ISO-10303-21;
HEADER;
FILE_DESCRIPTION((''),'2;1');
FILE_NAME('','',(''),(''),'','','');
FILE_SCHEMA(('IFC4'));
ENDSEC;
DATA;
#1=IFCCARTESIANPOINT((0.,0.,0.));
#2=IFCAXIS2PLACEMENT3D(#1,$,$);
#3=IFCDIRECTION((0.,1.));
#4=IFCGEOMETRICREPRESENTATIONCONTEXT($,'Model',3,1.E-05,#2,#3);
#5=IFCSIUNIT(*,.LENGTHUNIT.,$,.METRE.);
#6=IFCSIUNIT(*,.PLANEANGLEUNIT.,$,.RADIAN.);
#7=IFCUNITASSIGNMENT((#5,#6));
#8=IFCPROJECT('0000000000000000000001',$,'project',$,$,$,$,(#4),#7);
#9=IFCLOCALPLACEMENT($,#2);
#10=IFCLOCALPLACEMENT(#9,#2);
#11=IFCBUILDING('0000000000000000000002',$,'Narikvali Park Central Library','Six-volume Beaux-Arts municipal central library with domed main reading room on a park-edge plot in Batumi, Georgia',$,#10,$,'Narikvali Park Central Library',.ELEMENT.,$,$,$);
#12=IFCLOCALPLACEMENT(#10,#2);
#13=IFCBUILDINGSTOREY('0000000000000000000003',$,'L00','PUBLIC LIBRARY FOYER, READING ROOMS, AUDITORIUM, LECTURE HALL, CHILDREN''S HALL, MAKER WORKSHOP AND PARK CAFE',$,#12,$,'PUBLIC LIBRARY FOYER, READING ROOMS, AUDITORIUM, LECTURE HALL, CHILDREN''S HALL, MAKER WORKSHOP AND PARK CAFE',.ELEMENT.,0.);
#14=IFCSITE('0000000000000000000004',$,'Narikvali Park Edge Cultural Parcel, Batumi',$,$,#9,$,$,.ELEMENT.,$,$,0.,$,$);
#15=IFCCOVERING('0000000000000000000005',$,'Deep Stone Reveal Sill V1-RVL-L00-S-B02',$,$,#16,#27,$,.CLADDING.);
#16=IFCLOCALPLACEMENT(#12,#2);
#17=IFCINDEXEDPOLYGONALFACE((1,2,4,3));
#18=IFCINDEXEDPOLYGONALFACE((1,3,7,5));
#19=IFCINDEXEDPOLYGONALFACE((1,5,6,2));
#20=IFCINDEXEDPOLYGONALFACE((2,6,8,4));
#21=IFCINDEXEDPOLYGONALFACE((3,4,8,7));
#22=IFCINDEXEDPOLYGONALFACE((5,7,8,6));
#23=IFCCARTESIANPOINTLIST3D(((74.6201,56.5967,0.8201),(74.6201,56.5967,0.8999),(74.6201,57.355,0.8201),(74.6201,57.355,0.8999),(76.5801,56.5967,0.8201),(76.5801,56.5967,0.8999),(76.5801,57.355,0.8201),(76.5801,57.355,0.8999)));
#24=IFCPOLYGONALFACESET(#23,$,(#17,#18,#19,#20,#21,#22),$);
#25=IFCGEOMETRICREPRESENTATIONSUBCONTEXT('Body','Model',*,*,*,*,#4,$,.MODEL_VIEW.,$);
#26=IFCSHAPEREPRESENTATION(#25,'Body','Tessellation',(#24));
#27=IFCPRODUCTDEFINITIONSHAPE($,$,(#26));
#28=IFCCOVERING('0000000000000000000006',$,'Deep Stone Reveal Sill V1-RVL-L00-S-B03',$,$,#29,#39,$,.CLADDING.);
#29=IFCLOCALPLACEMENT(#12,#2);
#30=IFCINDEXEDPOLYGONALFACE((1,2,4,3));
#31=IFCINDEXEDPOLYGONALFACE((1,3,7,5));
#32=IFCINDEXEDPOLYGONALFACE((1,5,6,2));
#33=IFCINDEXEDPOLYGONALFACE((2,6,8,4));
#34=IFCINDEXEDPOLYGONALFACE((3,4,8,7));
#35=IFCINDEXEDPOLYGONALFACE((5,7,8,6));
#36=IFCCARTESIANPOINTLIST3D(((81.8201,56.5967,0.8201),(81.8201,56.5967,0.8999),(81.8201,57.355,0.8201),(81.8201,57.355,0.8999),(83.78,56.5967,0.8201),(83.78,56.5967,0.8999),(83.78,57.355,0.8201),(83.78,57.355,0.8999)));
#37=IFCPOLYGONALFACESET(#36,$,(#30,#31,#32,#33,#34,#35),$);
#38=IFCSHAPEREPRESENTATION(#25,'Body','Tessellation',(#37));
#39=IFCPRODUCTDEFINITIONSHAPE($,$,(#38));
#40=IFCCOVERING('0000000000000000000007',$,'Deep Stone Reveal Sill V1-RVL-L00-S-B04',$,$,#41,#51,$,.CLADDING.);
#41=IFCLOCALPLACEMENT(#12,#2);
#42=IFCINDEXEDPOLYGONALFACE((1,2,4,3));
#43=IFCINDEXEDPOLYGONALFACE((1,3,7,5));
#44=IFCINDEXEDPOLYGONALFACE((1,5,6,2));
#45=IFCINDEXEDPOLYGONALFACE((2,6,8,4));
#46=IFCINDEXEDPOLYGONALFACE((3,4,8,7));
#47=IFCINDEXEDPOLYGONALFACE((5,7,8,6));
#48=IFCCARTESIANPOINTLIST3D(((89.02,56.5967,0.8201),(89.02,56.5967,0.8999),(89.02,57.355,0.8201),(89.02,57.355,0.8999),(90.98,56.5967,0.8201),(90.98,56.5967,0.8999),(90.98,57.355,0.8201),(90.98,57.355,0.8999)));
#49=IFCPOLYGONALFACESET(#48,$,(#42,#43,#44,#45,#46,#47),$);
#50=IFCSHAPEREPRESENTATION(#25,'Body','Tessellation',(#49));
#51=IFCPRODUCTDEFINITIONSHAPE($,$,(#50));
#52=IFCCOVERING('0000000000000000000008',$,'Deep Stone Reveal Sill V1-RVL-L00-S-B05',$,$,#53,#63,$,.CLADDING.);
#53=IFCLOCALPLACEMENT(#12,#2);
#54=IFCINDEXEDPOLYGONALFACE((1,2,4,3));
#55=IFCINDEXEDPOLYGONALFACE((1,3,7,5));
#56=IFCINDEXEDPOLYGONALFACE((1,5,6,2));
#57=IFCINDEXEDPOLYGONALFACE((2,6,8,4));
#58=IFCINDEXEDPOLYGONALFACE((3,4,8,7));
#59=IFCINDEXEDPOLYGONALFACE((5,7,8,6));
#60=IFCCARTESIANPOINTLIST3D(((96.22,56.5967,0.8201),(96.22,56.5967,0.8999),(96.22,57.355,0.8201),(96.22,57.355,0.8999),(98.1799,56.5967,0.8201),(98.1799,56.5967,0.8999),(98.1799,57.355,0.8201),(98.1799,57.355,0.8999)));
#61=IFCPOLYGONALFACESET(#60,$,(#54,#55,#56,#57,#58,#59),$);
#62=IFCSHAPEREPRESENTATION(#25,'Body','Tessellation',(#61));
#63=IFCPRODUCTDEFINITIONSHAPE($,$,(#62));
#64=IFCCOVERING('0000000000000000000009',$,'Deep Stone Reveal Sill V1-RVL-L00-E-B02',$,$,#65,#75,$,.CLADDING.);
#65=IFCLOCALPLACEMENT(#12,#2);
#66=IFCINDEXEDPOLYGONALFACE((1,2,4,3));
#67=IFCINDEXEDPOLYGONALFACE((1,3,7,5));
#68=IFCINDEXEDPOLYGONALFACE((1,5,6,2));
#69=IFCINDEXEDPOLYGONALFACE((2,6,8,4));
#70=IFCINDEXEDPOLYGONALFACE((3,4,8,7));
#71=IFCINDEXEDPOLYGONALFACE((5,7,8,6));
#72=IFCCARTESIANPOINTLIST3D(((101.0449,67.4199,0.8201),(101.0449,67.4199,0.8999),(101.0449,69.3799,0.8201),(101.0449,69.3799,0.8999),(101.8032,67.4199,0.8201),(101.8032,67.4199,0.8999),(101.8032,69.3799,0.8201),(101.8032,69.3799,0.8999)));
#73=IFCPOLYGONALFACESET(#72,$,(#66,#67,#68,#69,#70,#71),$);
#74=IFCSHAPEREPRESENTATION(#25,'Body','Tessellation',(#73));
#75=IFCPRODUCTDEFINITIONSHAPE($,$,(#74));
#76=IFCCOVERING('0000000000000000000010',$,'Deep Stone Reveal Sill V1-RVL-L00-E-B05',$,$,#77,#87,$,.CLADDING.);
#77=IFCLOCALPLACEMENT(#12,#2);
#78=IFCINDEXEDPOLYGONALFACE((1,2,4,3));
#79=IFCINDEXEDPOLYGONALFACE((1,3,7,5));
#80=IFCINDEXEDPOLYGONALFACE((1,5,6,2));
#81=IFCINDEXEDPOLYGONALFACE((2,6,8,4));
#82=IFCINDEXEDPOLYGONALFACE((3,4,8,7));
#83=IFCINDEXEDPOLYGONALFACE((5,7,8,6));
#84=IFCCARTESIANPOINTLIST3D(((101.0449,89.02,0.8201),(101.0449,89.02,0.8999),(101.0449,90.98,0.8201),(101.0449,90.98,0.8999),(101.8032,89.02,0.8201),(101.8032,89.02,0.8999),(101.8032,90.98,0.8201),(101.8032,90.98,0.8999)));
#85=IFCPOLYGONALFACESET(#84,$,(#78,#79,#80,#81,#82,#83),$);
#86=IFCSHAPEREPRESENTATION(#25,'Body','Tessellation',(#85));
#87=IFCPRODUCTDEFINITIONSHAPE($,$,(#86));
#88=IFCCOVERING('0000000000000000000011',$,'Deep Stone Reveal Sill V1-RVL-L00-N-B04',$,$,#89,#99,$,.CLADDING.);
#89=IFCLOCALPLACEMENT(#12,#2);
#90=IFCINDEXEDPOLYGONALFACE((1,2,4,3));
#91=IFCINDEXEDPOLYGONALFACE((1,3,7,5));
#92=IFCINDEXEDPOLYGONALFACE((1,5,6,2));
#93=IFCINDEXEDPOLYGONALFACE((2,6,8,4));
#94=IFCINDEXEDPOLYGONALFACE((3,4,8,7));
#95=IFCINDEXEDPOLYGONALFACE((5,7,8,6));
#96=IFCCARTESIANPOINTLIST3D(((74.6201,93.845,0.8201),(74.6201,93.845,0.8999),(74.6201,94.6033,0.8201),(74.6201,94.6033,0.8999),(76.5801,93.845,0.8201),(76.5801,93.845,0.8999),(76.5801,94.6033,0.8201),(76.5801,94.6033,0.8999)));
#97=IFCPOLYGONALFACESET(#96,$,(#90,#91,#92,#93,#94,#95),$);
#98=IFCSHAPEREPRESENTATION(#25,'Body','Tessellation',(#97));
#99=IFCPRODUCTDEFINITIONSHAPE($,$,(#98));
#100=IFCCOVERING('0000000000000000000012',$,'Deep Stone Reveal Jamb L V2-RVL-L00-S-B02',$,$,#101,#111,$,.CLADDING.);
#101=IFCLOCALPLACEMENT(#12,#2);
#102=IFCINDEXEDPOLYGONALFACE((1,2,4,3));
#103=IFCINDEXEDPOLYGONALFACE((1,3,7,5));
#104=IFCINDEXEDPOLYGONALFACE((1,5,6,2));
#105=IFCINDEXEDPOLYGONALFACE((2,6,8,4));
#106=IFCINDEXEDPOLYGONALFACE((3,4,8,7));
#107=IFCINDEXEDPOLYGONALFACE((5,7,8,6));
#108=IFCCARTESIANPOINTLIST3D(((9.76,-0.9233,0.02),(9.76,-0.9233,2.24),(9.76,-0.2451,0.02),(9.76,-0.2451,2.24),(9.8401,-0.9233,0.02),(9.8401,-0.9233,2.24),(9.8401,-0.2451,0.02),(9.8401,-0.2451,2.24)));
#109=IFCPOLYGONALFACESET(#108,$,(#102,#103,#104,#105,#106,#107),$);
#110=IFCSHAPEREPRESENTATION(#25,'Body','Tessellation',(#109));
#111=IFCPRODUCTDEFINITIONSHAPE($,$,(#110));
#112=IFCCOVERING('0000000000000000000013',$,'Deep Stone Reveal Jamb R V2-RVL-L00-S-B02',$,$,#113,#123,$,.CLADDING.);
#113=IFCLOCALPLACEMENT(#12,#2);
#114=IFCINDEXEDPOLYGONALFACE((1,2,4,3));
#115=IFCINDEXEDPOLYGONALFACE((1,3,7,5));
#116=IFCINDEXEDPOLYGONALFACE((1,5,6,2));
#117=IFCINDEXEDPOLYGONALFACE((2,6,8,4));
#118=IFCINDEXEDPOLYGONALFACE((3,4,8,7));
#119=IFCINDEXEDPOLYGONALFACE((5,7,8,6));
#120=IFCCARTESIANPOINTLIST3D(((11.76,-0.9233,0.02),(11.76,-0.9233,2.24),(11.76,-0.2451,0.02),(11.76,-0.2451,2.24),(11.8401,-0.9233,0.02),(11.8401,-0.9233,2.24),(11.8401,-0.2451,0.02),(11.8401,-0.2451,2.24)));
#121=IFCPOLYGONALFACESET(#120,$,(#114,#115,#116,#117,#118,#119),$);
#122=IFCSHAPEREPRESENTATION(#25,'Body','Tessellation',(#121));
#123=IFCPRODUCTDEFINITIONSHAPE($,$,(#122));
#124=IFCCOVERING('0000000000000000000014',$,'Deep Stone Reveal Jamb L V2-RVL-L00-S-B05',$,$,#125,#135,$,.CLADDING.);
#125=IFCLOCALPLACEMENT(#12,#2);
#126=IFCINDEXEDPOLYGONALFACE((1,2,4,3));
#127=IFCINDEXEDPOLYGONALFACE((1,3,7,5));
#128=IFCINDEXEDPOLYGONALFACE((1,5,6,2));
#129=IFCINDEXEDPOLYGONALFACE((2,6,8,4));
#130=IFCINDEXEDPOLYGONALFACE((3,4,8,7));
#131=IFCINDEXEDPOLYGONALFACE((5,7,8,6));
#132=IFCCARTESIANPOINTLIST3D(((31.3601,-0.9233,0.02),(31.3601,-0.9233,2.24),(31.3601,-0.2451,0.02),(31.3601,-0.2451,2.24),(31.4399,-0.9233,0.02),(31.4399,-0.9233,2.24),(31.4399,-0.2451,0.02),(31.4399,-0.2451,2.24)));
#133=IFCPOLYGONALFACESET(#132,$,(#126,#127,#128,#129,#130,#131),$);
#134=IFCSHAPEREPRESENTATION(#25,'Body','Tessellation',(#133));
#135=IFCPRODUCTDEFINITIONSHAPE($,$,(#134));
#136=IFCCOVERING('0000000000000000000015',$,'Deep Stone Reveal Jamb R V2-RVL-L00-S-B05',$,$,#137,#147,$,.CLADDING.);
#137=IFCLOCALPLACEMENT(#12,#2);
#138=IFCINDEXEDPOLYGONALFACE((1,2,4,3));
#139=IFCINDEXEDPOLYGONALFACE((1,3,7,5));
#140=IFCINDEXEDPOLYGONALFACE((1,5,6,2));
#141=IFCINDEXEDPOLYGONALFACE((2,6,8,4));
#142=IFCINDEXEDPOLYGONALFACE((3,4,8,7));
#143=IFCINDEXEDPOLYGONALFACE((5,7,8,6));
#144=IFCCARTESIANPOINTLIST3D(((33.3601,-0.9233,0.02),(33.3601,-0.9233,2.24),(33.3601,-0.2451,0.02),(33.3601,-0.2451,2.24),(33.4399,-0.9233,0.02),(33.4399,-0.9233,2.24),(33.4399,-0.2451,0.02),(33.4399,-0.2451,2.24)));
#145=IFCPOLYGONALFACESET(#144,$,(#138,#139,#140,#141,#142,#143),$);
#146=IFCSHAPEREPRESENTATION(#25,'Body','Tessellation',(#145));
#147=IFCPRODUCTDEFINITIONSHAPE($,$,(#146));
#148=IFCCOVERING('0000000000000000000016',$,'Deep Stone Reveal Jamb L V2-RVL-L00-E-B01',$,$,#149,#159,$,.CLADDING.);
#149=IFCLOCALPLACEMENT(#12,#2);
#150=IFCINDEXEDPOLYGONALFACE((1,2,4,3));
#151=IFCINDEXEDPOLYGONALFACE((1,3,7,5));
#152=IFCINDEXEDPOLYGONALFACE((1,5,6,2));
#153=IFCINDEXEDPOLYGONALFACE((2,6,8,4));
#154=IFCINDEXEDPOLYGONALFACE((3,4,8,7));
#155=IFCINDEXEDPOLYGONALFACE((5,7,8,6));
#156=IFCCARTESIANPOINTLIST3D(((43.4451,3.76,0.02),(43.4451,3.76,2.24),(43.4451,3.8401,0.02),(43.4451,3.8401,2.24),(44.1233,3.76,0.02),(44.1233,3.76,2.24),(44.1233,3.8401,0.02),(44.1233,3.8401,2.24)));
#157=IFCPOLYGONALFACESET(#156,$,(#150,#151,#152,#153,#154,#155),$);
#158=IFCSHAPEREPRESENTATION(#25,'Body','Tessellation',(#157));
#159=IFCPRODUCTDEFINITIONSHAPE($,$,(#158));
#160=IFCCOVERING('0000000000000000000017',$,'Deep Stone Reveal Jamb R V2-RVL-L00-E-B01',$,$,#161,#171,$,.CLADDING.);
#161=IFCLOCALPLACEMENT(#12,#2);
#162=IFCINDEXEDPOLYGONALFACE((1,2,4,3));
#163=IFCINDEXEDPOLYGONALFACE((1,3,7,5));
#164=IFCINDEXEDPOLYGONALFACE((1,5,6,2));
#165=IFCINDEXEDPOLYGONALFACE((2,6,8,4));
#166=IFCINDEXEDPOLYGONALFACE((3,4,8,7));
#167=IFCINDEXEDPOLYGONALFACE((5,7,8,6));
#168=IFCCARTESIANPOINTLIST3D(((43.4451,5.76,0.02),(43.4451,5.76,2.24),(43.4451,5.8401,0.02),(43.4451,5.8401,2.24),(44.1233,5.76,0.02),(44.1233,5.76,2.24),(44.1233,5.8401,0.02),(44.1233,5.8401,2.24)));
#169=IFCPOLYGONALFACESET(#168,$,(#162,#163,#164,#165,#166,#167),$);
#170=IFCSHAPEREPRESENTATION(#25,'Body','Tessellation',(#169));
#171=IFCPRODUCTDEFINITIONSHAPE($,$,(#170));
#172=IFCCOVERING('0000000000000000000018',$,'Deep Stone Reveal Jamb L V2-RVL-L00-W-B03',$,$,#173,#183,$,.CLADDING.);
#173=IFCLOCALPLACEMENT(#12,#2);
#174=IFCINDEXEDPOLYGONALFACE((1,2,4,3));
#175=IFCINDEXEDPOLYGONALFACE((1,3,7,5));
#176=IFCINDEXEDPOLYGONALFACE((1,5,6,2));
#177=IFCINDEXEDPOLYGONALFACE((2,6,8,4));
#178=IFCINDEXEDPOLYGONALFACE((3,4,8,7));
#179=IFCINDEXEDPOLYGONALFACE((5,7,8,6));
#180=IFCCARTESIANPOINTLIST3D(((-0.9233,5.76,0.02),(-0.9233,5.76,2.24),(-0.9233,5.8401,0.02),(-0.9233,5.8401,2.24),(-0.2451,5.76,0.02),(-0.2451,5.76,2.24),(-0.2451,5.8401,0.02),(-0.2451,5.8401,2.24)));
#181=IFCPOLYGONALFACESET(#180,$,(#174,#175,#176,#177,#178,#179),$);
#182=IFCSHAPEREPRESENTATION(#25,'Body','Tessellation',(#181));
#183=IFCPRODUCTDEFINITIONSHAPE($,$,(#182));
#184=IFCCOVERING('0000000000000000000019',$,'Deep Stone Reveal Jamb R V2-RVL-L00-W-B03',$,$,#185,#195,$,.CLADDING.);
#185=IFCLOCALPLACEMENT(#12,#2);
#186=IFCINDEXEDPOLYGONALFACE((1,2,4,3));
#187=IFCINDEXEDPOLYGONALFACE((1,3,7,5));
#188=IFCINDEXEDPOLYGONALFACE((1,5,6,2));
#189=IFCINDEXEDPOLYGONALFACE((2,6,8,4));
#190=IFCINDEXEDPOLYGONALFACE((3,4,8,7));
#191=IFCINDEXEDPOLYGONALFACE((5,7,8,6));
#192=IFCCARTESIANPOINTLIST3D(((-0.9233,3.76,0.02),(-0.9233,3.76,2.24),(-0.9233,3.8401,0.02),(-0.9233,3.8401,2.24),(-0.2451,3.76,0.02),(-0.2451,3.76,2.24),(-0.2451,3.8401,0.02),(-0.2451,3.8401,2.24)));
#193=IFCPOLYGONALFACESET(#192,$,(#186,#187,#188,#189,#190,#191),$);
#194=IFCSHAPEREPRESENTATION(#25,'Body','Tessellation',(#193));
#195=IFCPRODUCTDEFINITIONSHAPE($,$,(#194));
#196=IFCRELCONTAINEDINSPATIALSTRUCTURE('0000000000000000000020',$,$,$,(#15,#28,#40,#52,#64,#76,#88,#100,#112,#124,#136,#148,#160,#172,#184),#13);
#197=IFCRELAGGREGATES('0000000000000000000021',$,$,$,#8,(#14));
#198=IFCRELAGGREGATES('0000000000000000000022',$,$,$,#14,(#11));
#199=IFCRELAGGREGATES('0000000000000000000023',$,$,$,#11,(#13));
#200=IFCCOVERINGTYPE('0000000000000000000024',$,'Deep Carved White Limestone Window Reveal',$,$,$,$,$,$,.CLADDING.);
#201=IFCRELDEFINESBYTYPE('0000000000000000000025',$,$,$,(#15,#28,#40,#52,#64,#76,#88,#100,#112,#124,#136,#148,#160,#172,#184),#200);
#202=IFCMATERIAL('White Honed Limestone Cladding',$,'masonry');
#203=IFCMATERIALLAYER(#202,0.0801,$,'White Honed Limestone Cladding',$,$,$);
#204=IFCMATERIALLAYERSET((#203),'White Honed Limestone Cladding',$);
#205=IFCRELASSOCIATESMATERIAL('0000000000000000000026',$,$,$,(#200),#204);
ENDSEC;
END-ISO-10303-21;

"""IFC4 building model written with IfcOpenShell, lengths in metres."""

from ifc_helpers import new_model, si_unit, direction, frame, origin, place, context, subcontext, project, spatial, polyline, outline, extrude, material, layer, layer_set, type_object, element, save


model = new_model("IFC4")

# Units and contexts
model_context = context("Model", 3, precision=1e-05, world=origin(), true_north=direction((0.0, 1.0)))
body_context = subcontext(model_context, "Body", "Model", "MODEL_VIEW")
ifc_project = project(units=[si_unit("LENGTHUNIT", "METRE"), si_unit("PLANEANGLEUNIT", "RADIAN")], contexts=[model_context])

# Site, building, storey
site_placement = place(None, origin())
site = spatial("IfcSite", under=ifc_project, at=site_placement, Name="Narikvali Park Edge Cultural Parcel, Batumi", CompositionType="ELEMENT", RefElevation=0.0)
building_placement = place(site_placement, origin())
building = spatial("IfcBuilding", under=site, at=building_placement, Name="Narikvali Park Central Library", Description="Six-volume Beaux-Arts municipal central library with domed main reading room on a park-edge plot in Batumi, Georgia", LongName="Narikvali Park Central Library", CompositionType="ELEMENT")
storey_placement = place(building_placement, origin())
storey = spatial("IfcBuildingStorey", under=building, at=storey_placement, Name="L00", Description="PUBLIC LIBRARY FOYER, READING ROOMS, AUDITORIUM, LECTURE HALL, CHILDREN'S HALL, MAKER WORKSHOP AND PARK CAFE", LongName="PUBLIC LIBRARY FOYER, READING ROOMS, AUDITORIUM, LECTURE HALL, CHILDREN'S HALL, MAKER WORKSHOP AND PARK CAFE", CompositionType="ELEMENT", Elevation=0.0)

# Coverings
ifc_material = material(Name="White Honed Limestone Cladding", Category="masonry")
ifc_layer = layer(ifc_material, 0.0801, Name="White Honed Limestone Cladding")
ifc_layer_set = layer_set([ifc_layer], Name="White Honed Limestone Cladding")
covering_type = type_object("IfcCoveringType", Name="Deep Carved White Limestone Window Reveal", PredefinedType="CLADDING", material=ifc_layer_set)
covering_1_placement = place(storey_placement, frame((0.0, 0.0, 0.8201)))
element("IfcCovering", 1, at=covering_1_placement, inside=storey, type_object=covering_type, Name="Deep Stone Reveal Sill V1-RVL-L00-S-B02", PredefinedType="CLADDING", context=body_context, shape_type="SweptSolid", body=[
    extrude(outline(polyline([(74.6201, 57.355), (76.5801, 57.355), (76.5801, 56.5967), (74.6201, 56.5967), (74.6201, 57.355)])), origin(), (0.0, 0.0, 1.0), 0.0798),
])
covering_2_placement = place(storey_placement, frame((0.0, 0.0, 0.8201)))
element("IfcCovering", 2, at=covering_2_placement, inside=storey, type_object=covering_type, Name="Deep Stone Reveal Sill V1-RVL-L00-S-B03", PredefinedType="CLADDING", context=body_context, shape_type="SweptSolid", body=[
    extrude(outline(polyline([(81.8201, 57.355), (83.78, 57.355), (83.78, 56.5967), (81.8201, 56.5967), (81.8201, 57.355)])), origin(), (0.0, 0.0, 1.0), 0.0798),
])
covering_3_placement = place(storey_placement, frame((0.0, 0.0, 0.8201)))
element("IfcCovering", 3, at=covering_3_placement, inside=storey, type_object=covering_type, Name="Deep Stone Reveal Sill V1-RVL-L00-S-B04", PredefinedType="CLADDING", context=body_context, shape_type="SweptSolid", body=[
    extrude(outline(polyline([(89.02, 57.355), (90.98, 57.355), (90.98, 56.5967), (89.02, 56.5967), (89.02, 57.355)])), origin(), (0.0, 0.0, 1.0), 0.0798),
])
covering_4_placement = place(storey_placement, frame((0.0, 0.0, 0.8201)))
element("IfcCovering", 4, at=covering_4_placement, inside=storey, type_object=covering_type, Name="Deep Stone Reveal Sill V1-RVL-L00-S-B05", PredefinedType="CLADDING", context=body_context, shape_type="SweptSolid", body=[
    extrude(outline(polyline([(96.22, 57.355), (98.1799, 57.355), (98.1799, 56.5967), (96.22, 56.5967), (96.22, 57.355)])), origin(), (0.0, 0.0, 1.0), 0.0798),
])
covering_5_placement = place(storey_placement, frame((0.0, 0.0, 0.8201)))
element("IfcCovering", 5, at=covering_5_placement, inside=storey, type_object=covering_type, Name="Deep Stone Reveal Sill V1-RVL-L00-E-B02", PredefinedType="CLADDING", context=body_context, shape_type="SweptSolid", body=[
    extrude(outline(polyline([(101.0449, 67.4199), (101.0449, 69.3799), (101.8032, 69.3799), (101.8032, 67.4199), (101.0449, 67.4199)])), origin(), (0.0, 0.0, 1.0), 0.0798),
])
covering_6_placement = place(storey_placement, frame((0.0, 0.0, 0.8201)))
element("IfcCovering", 6, at=covering_6_placement, inside=storey, type_object=covering_type, Name="Deep Stone Reveal Sill V1-RVL-L00-E-B05", PredefinedType="CLADDING", context=body_context, shape_type="SweptSolid", body=[
    extrude(outline(polyline([(101.0449, 89.02), (101.0449, 90.98), (101.8032, 90.98), (101.8032, 89.02), (101.0449, 89.02)])), origin(), (0.0, 0.0, 1.0), 0.0798),
])
covering_7_placement = place(storey_placement, frame((0.0, 0.0, 0.8201)))
element("IfcCovering", 7, at=covering_7_placement, inside=storey, type_object=covering_type, Name="Deep Stone Reveal Sill V1-RVL-L00-N-B04", PredefinedType="CLADDING", context=body_context, shape_type="SweptSolid", body=[
    extrude(outline(polyline([(76.5801, 93.845), (74.6201, 93.845), (74.6201, 94.6033), (76.5801, 94.6033), (76.5801, 93.845)])), origin(), (0.0, 0.0, 1.0), 0.0798),
])
covering_8_placement = place(storey_placement, frame((0.0, 0.0, 0.02)))
element("IfcCovering", 8, at=covering_8_placement, inside=storey, type_object=covering_type, Name="Deep Stone Reveal Jamb L V2-RVL-L00-S-B02", PredefinedType="CLADDING", context=body_context, shape_type="SweptSolid", body=[
    extrude(outline(polyline([(9.76, -0.2451), (9.8401, -0.2451), (9.8401, -0.9233), (9.76, -0.9233), (9.76, -0.2451)])), origin(), (0.0, 0.0, 1.0), 2.22),
])
covering_9_placement = place(storey_placement, frame((0.0, 0.0, 0.02)))
element("IfcCovering", 9, at=covering_9_placement, inside=storey, type_object=covering_type, Name="Deep Stone Reveal Jamb R V2-RVL-L00-S-B02", PredefinedType="CLADDING", context=body_context, shape_type="SweptSolid", body=[
    extrude(outline(polyline([(11.76, -0.2451), (11.8401, -0.2451), (11.8401, -0.9233), (11.76, -0.9233), (11.76, -0.2451)])), origin(), (0.0, 0.0, 1.0), 2.22),
])
covering_10_placement = place(storey_placement, frame((0.0, 0.0, 0.02)))
element("IfcCovering", 10, at=covering_10_placement, inside=storey, type_object=covering_type, Name="Deep Stone Reveal Jamb L V2-RVL-L00-S-B05", PredefinedType="CLADDING", context=body_context, shape_type="SweptSolid", body=[
    extrude(outline(polyline([(31.3601, -0.2451), (31.4399, -0.2451), (31.4399, -0.9233), (31.3601, -0.9233), (31.3601, -0.2451)])), origin(), (0.0, 0.0, 1.0), 2.22),
])
covering_11_placement = place(storey_placement, frame((0.0, 0.0, 0.02)))
element("IfcCovering", 11, at=covering_11_placement, inside=storey, type_object=covering_type, Name="Deep Stone Reveal Jamb R V2-RVL-L00-S-B05", PredefinedType="CLADDING", context=body_context, shape_type="SweptSolid", body=[
    extrude(outline(polyline([(33.3601, -0.2451), (33.4399, -0.2451), (33.4399, -0.9233), (33.3601, -0.9233), (33.3601, -0.2451)])), origin(), (0.0, 0.0, 1.0), 2.22),
])
covering_12_placement = place(storey_placement, frame((0.0, 0.0, 0.02)))
element("IfcCovering", 12, at=covering_12_placement, inside=storey, type_object=covering_type, Name="Deep Stone Reveal Jamb L V2-RVL-L00-E-B01", PredefinedType="CLADDING", context=body_context, shape_type="SweptSolid", body=[
    extrude(outline(polyline([(43.4451, 3.76), (43.4451, 3.8401), (44.1233, 3.8401), (44.1233, 3.76), (43.4451, 3.76)])), origin(), (0.0, 0.0, 1.0), 2.22),
])
covering_13_placement = place(storey_placement, frame((0.0, 0.0, 0.02)))
element("IfcCovering", 13, at=covering_13_placement, inside=storey, type_object=covering_type, Name="Deep Stone Reveal Jamb R V2-RVL-L00-E-B01", PredefinedType="CLADDING", context=body_context, shape_type="SweptSolid", body=[
    extrude(outline(polyline([(43.4451, 5.76), (43.4451, 5.8401), (44.1233, 5.8401), (44.1233, 5.76), (43.4451, 5.76)])), origin(), (0.0, 0.0, 1.0), 2.22),
])
covering_14_placement = place(storey_placement, frame((0.0, 0.0, 0.02)))
element("IfcCovering", 14, at=covering_14_placement, inside=storey, type_object=covering_type, Name="Deep Stone Reveal Jamb L V2-RVL-L00-W-B03", PredefinedType="CLADDING", context=body_context, shape_type="SweptSolid", body=[
    extrude(outline(polyline([(-0.2451, 5.8401), (-0.2451, 5.76), (-0.9233, 5.76), (-0.9233, 5.8401), (-0.2451, 5.8401)])), origin(), (0.0, 0.0, 1.0), 2.22),
])
covering_15_placement = place(storey_placement, frame((0.0, 0.0, 0.02)))
element("IfcCovering", 15, at=covering_15_placement, inside=storey, type_object=covering_type, Name="Deep Stone Reveal Jamb R V2-RVL-L00-W-B03", PredefinedType="CLADDING", context=body_context, shape_type="SweptSolid", body=[
    extrude(outline(polyline([(-0.2451, 3.8401), (-0.2451, 3.76), (-0.9233, 3.76), (-0.9233, 3.8401), (-0.2451, 3.8401)])), origin(), (0.0, 0.0, 1.0), 2.22),
])

save(model, "model.ifc")
